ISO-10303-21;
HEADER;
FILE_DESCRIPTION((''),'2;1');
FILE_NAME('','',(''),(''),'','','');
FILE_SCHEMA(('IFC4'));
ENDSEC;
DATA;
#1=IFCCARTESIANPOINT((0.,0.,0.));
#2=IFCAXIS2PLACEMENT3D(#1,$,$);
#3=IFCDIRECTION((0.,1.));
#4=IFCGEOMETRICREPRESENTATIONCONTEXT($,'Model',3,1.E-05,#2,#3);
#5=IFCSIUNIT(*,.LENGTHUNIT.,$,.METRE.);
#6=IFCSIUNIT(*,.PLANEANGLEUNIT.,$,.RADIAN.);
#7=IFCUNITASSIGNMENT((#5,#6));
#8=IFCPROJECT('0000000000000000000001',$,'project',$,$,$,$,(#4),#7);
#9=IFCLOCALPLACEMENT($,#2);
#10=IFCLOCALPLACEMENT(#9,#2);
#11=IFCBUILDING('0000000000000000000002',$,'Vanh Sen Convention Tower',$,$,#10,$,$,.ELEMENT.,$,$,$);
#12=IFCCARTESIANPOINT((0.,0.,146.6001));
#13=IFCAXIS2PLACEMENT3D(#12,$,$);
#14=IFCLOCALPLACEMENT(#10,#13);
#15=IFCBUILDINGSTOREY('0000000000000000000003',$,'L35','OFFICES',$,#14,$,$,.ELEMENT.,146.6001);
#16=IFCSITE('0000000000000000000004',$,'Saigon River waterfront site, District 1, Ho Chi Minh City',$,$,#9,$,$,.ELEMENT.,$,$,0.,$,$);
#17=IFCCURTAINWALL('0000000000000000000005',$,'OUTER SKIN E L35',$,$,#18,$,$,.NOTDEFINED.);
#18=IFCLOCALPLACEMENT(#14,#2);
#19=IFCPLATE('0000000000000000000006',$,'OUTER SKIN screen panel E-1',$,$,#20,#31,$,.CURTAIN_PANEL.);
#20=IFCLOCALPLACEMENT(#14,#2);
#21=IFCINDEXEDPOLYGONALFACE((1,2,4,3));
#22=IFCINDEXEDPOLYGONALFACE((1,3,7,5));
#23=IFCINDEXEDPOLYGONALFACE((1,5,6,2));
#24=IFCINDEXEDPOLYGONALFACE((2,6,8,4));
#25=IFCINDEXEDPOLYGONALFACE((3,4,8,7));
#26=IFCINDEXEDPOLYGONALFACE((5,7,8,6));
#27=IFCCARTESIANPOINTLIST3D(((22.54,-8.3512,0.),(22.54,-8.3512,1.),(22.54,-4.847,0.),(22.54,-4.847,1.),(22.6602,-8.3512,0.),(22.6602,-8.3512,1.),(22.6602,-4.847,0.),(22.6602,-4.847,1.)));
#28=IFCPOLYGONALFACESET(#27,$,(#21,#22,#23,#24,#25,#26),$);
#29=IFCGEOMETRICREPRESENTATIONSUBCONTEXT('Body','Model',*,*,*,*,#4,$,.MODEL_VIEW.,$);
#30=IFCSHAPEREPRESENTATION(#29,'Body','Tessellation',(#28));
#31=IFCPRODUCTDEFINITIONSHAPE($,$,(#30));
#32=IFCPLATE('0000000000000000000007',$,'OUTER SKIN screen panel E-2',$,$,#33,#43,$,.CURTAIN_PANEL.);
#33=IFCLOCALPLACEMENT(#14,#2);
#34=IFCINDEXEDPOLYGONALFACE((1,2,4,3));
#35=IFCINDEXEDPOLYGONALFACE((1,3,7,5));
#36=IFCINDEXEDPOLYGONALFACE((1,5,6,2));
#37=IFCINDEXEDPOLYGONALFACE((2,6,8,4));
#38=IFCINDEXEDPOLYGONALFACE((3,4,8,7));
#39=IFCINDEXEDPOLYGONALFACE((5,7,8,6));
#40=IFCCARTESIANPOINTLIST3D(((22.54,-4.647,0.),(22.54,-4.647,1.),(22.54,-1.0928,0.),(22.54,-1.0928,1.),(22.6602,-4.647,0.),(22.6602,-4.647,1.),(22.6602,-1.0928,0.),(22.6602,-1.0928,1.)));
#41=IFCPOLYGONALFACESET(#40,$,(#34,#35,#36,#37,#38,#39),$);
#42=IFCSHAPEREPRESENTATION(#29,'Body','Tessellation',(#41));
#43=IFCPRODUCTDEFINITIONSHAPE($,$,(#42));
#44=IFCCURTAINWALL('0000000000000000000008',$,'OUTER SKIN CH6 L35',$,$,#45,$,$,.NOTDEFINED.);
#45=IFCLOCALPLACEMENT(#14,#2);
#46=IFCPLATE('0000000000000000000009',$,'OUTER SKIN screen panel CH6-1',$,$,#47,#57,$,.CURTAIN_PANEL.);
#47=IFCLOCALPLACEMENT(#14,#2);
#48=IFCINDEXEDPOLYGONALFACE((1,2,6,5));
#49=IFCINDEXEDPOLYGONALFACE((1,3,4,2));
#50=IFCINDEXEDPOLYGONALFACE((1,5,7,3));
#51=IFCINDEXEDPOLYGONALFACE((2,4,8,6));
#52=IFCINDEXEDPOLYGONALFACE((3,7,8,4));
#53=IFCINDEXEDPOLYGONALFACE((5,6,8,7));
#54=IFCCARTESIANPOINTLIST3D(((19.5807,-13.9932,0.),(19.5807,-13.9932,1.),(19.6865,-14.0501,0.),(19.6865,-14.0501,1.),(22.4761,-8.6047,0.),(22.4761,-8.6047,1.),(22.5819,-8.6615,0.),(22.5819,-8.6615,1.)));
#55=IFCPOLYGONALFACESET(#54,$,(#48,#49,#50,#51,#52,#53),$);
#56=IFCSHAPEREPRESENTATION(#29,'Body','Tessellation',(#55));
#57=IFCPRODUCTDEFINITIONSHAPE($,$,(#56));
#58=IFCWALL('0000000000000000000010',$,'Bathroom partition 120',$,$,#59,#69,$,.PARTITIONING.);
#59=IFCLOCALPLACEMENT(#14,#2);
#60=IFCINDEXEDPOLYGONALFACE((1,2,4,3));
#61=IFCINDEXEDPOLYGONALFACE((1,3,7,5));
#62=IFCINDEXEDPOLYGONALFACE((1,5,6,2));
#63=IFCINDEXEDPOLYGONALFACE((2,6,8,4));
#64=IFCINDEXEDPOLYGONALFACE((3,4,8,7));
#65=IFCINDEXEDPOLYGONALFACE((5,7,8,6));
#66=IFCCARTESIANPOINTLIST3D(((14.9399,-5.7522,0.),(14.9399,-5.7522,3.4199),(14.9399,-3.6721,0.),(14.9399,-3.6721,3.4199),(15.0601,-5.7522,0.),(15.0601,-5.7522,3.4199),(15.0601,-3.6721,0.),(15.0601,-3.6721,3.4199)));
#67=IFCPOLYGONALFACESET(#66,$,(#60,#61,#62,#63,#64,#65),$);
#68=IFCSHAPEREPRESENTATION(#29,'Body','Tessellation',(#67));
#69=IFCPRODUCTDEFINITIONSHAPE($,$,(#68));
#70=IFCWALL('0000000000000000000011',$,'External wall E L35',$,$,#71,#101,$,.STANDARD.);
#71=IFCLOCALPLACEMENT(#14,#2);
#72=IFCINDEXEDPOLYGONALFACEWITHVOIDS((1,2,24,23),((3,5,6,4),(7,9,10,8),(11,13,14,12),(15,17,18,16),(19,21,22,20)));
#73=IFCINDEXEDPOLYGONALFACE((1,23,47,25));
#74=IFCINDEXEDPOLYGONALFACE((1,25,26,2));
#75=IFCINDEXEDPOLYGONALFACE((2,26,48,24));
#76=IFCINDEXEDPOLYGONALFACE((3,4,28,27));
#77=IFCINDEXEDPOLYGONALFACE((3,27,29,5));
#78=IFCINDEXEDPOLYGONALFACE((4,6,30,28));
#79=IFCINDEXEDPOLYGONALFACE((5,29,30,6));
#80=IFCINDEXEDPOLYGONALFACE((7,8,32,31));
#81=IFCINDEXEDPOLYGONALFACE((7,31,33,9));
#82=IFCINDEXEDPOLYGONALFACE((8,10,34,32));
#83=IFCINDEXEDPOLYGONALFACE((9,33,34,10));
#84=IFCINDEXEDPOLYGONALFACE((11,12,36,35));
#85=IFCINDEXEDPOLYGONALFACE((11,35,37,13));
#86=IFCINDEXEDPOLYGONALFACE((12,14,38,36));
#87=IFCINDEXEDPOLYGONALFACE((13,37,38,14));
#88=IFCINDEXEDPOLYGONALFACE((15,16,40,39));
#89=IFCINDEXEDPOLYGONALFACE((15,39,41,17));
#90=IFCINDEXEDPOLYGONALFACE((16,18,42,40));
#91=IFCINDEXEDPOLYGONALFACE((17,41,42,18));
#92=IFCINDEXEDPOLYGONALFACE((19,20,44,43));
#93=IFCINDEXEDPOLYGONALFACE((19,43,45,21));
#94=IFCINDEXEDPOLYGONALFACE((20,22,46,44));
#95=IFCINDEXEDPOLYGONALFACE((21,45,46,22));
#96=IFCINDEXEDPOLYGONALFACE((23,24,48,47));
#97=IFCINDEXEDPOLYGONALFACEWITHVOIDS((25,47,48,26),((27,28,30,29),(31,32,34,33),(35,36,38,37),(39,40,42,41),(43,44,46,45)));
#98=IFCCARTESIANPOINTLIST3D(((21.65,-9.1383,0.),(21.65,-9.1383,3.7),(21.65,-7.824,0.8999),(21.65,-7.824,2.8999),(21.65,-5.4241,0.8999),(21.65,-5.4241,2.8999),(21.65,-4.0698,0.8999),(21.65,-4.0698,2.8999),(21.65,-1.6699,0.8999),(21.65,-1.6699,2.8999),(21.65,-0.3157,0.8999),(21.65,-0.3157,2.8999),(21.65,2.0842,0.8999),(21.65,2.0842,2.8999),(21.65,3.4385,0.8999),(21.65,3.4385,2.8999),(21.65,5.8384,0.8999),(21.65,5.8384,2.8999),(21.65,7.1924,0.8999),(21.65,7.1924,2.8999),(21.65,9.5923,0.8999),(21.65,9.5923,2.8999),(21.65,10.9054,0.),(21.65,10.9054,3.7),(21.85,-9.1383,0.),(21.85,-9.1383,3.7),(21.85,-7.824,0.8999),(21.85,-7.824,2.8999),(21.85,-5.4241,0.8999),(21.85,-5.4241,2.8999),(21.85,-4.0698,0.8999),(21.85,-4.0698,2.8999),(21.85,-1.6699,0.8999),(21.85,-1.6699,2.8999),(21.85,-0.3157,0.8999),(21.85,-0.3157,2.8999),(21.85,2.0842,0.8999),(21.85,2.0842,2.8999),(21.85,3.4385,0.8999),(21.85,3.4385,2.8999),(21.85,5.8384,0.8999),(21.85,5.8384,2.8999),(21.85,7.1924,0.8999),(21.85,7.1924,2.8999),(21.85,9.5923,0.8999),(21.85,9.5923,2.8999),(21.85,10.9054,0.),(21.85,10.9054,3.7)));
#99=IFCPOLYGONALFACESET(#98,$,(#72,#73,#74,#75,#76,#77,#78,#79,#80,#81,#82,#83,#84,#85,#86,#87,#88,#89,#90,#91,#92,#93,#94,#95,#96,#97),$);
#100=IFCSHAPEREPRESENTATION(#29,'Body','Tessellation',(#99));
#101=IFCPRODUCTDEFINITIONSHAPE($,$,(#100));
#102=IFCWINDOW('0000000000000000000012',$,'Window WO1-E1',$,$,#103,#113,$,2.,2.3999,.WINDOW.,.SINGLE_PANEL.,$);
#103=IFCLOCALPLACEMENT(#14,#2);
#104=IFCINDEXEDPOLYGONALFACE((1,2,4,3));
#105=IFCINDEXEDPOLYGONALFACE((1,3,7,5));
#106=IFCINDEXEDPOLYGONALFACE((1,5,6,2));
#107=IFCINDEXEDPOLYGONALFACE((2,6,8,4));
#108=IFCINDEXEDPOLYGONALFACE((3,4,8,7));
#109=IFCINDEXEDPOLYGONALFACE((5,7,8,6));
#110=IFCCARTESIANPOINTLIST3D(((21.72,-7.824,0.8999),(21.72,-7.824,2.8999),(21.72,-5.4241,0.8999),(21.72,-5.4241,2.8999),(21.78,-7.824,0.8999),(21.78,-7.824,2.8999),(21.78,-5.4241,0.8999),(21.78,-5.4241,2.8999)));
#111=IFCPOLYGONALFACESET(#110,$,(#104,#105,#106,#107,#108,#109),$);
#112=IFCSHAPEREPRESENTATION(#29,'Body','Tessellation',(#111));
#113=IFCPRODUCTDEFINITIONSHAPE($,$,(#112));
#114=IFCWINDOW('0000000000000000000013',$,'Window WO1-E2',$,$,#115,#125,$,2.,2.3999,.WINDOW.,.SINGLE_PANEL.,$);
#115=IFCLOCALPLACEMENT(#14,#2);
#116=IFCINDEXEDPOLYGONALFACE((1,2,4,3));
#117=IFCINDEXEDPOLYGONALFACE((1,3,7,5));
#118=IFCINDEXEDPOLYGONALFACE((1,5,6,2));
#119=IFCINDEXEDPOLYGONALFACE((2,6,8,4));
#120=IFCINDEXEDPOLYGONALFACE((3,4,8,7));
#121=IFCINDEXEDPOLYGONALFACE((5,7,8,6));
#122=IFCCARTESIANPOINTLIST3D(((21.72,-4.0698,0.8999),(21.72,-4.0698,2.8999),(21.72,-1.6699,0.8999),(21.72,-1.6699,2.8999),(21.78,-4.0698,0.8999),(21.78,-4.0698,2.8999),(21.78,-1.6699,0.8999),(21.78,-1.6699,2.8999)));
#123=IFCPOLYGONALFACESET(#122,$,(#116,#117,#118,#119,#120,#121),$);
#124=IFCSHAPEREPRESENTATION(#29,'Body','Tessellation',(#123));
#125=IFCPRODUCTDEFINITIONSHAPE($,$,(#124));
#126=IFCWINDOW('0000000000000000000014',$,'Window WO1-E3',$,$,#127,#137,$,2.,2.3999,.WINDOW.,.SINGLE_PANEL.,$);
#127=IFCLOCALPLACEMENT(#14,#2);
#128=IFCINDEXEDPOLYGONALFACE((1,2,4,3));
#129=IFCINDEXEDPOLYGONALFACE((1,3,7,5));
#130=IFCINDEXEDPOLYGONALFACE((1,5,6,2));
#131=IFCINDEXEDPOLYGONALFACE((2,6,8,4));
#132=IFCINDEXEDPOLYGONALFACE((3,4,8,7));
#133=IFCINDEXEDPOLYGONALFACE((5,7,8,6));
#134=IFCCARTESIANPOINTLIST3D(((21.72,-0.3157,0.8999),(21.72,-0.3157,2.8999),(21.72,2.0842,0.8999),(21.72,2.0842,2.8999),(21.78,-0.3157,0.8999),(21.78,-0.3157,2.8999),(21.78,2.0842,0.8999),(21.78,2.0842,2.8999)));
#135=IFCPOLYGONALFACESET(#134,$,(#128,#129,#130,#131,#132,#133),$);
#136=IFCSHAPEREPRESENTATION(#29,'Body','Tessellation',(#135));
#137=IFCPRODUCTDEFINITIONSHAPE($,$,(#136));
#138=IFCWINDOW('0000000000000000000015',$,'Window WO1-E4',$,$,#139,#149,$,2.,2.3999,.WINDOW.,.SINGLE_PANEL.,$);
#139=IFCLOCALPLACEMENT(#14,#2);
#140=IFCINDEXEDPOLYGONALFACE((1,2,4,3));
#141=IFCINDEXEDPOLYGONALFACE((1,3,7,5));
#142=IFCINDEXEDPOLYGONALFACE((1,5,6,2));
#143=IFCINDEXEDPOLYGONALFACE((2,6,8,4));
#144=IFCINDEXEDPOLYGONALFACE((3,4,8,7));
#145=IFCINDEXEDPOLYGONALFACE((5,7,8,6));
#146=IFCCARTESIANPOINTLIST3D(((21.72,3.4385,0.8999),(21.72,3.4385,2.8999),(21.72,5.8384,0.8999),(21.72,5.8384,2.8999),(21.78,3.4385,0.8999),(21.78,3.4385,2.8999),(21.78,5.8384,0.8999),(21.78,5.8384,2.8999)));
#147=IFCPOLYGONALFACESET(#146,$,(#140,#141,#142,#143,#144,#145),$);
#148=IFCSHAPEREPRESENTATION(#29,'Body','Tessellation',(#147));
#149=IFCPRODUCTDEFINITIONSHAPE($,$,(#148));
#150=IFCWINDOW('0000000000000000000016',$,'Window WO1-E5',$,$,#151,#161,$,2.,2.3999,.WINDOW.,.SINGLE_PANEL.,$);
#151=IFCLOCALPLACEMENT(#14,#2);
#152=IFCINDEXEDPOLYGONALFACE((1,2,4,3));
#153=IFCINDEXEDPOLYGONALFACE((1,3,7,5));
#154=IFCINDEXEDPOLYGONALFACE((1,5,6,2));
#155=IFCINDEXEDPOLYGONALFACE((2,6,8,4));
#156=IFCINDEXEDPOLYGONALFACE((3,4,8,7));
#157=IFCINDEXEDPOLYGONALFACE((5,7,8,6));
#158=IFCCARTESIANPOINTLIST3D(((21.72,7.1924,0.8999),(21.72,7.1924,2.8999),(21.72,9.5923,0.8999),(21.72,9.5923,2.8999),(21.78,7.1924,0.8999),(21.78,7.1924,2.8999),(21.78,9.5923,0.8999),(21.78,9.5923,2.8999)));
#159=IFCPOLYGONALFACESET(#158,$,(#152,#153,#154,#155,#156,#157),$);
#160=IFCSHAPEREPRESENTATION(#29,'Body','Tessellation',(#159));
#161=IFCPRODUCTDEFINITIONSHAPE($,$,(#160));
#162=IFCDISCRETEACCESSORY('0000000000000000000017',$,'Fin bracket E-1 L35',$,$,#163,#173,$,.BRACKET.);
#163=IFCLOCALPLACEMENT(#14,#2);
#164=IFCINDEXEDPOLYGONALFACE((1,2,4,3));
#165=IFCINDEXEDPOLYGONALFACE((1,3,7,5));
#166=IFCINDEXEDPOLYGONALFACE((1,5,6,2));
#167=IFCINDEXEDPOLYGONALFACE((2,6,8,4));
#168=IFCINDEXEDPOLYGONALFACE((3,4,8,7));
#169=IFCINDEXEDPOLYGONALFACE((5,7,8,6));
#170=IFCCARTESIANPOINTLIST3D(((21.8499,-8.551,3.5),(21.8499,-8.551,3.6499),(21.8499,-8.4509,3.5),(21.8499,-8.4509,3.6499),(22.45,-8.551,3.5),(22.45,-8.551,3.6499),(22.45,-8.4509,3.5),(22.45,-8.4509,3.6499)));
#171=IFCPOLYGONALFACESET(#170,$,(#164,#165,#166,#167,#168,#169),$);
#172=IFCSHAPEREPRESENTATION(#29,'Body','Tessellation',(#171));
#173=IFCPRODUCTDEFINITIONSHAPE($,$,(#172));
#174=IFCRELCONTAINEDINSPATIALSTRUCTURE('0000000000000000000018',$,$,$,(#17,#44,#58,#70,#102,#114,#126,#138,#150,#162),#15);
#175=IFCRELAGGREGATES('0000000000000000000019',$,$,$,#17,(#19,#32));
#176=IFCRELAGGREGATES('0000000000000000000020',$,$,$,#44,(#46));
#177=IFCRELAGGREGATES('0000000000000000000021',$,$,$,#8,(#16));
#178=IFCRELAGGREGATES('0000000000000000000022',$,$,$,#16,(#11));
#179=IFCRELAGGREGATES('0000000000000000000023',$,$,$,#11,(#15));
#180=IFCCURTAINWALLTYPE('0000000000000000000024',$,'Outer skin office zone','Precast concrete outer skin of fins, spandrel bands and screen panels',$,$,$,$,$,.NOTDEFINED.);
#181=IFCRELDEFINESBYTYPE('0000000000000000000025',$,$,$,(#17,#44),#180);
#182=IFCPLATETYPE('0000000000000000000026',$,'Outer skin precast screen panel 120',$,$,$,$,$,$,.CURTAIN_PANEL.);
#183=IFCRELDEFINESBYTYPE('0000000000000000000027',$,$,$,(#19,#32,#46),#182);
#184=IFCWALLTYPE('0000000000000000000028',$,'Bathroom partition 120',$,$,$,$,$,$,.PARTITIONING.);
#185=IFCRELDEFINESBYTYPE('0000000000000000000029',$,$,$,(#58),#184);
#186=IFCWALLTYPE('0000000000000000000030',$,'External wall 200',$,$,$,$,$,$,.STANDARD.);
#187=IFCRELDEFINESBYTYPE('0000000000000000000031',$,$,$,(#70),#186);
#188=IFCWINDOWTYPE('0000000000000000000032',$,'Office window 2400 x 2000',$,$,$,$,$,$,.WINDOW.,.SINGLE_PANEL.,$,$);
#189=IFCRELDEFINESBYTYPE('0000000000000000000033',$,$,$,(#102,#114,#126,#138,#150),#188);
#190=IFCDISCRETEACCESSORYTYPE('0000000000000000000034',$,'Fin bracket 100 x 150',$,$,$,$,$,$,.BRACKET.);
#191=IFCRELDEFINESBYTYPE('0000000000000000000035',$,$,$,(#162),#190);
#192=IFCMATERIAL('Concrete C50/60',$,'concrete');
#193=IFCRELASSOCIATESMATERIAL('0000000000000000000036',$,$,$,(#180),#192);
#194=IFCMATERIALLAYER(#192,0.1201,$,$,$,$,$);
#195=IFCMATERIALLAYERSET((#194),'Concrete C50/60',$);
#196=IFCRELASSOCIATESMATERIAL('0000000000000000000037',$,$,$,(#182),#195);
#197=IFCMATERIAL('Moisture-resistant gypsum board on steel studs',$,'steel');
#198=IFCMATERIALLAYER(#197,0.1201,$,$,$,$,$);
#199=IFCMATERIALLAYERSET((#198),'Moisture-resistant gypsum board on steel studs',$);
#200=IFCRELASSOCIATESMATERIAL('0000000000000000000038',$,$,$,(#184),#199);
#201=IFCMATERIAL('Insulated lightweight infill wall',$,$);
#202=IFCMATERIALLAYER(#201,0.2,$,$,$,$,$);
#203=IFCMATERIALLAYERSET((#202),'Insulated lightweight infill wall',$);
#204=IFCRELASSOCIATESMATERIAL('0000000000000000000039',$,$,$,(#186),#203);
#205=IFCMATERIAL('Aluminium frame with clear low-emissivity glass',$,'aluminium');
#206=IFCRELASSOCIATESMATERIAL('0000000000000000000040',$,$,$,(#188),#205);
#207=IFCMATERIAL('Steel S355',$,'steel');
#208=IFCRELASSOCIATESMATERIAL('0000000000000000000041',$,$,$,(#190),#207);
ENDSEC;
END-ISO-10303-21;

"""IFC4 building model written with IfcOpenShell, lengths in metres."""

from ifc_helpers import new_model, si_unit, direction, frame, frame_2d, origin, origin_2d, place, context, subcontext, project, spatial, rectangle, extrude, material, layer, layer_set, type_object, element, fill, aggregate, save


model = new_model("IFC4")

# Units and contexts
model_context = context("Model", 3, precision=1e-05, world=origin(), true_north=direction((0.0, 1.0)))
body_context = subcontext(model_context, "Body", "Model", "MODEL_VIEW")
ifc_project = project(units=[si_unit("LENGTHUNIT", "METRE"), si_unit("PLANEANGLEUNIT", "RADIAN")], contexts=[model_context])

# Site, building, storey
site_placement = place(None, origin())
site = spatial("IfcSite", under=ifc_project, at=site_placement, Name="Saigon River waterfront site, District 1, Ho Chi Minh City", CompositionType="ELEMENT", RefElevation=0.0)
building_placement = place(site_placement, origin())
building = spatial("IfcBuilding", under=site, at=building_placement, Name="Vanh Sen Convention Tower", CompositionType="ELEMENT")
storey_placement = place(building_placement, frame((0.0, 0.0, 146.6001)))
storey = spatial("IfcBuildingStorey", under=building, at=storey_placement, Name="L35", Description="OFFICES", CompositionType="ELEMENT", Elevation=146.6001)

# Curtain wall
ifc_material_1 = material(Name="Concrete C50/60", Category="concrete")
curtain_wall_type = type_object("IfcCurtainWallType", Name="Outer skin office zone", Description="Precast concrete outer skin of fins, spandrel bands and screen panels", PredefinedType="NOTDEFINED", material=ifc_material_1)
curtain_wall_1_placement = place(storey_placement, origin())
curtain_wall_1 = element("IfcCurtainWall", 1, at=curtain_wall_1_placement, inside=storey, type_object=curtain_wall_type, Name="OUTER SKIN E L35", PredefinedType="NOTDEFINED")

# Plates
ifc_layer_1 = layer(ifc_material_1, 0.1201)
ifc_layer_set_1 = layer_set([ifc_layer_1], Name="Concrete C50/60")
plate_type = type_object("IfcPlateType", Name="Outer skin precast screen panel 120", PredefinedType="CURTAIN_PANEL", material=ifc_layer_set_1)
plate_1_placement = place(storey_placement, frame((22.6001, -6.5991, 0.0), z_axis=(0.0, 0.0, 1.0), x_axis=(0.0, 1.0, 0.0)))
plate_1 = element("IfcPlate", 2, at=plate_1_placement, type_object=plate_type, Name="OUTER SKIN screen panel E-1", PredefinedType="CURTAIN_PANEL", context=body_context, shape_type="SweptSolid", body=[
    extrude(rectangle(XDim=3.5042, YDim=0.1201, at=origin_2d()), origin(), (0.0, 0.0, 1.0), 1.0),
])
plate_2_placement = place(storey_placement, frame((22.6001, -2.8699, 0.0), z_axis=(0.0, 0.0, 1.0), x_axis=(0.0, 1.0, 0.0)))
plate_2 = element("IfcPlate", 3, at=plate_2_placement, type_object=plate_type, Name="OUTER SKIN screen panel E-2", PredefinedType="CURTAIN_PANEL", context=body_context, shape_type="SweptSolid", body=[
    extrude(rectangle(XDim=3.5542, YDim=0.1201, at=origin_2d()), origin(), (0.0, 0.0, 1.0), 1.0),
])
aggregate(curtain_wall_1, [plate_1, plate_2])

# Curtain wall, plate
curtain_wall_2_placement = place(storey_placement, origin())
curtain_wall_2 = element("IfcCurtainWall", 4, at=curtain_wall_2_placement, inside=storey, type_object=curtain_wall_type, Name="OUTER SKIN CH6 L35", PredefinedType="NOTDEFINED")
plate_3_placement = place(storey_placement, frame((21.0813, -11.3274, 0.0), z_axis=(0.0, 0.0, 1.0), x_axis=(0.473321, 0.88089, 0.0)))
plate_3 = element("IfcPlate", 5, at=plate_3_placement, type_object=plate_type, Name="OUTER SKIN screen panel CH6-1", PredefinedType="CURTAIN_PANEL", context=body_context, shape_type="SweptSolid", body=[
    extrude(rectangle(XDim=6.1172, YDim=0.1201, at=origin_2d()), origin(), (0.0, 0.0, 1.0), 1.0),
])
aggregate(curtain_wall_2, [plate_3])

# Wall
ifc_material_2 = material(Name="Moisture-resistant gypsum board on steel studs", Category="steel")
ifc_layer_2 = layer(ifc_material_2, 0.1201)
ifc_layer_set_2 = layer_set([ifc_layer_2], Name="Moisture-resistant gypsum board on steel studs")
wall_type_1 = type_object("IfcWallType", Name="Bathroom partition 120", PredefinedType="PARTITIONING", material=ifc_layer_set_2)
wall_1_placement = place(storey_placement, frame((15.0, -3.6721, 0.0), z_axis=(0.0, 0.0, 1.0), x_axis=(0.0, -1.0, 0.0)))
element("IfcWall", 6, at=wall_1_placement, inside=storey, type_object=wall_type_1, Name="Bathroom partition 120", PredefinedType="PARTITIONING", context=body_context, shape_type="SweptSolid", body=[
    extrude(rectangle(XDim=2.0801, YDim=0.1201, at=frame_2d((1.04, 0.0))), origin(), (0.0, 0.0, 1.0), 3.4199),
])

# Wall, openings, windows
ifc_material_3 = material(Name="Insulated lightweight infill wall")
ifc_layer_3 = layer(ifc_material_3, 0.2)
ifc_layer_set_3 = layer_set([ifc_layer_3], Name="Insulated lightweight infill wall")
wall_type_2 = type_object("IfcWallType", Name="External wall 200", PredefinedType="STANDARD", material=ifc_layer_set_3)
wall_2_placement = place(storey_placement, frame((21.75, -9.1384, 0.0), z_axis=(0.0, 0.0, 1.0), x_axis=(0.0, 1.0, 0.0)))
wall_2 = element("IfcWall", 7, at=wall_2_placement, inside=storey, type_object=wall_type_2, Name="External wall E L35", PredefinedType="STANDARD", context=body_context, shape_type="SweptSolid", body=[
    extrude(rectangle(XDim=20.0437, YDim=0.2, at=frame_2d((10.022, 0.0))), origin(), (0.0, 0.0, 1.0), 3.7),
])
opening_1_placement = place(wall_2_placement, frame((1.3145, 0.0, 0.8999)))
opening_1 = element("IfcOpeningElement", 8, at=opening_1_placement, cuts=wall_2, PredefinedType="OPENING", context=body_context, shape_type="SweptSolid", body=[
    extrude(rectangle(XDim=2.3999, YDim=2.0, at=frame_2d((1.2, 1.0))), frame((0.0, 0.1099, 0.0), z_axis=(0.0, -1.0, 0.0), x_axis=(1.0, 0.0, 0.0)), (0.0, 0.0, 1.0), 0.22),
])
opening_2_placement = place(wall_2_placement, frame((5.0686, 0.0, 0.8999)))
opening_2 = element("IfcOpeningElement", 9, at=opening_2_placement, cuts=wall_2, PredefinedType="OPENING", context=body_context, shape_type="SweptSolid", body=[
    extrude(rectangle(XDim=2.3999, YDim=2.0, at=frame_2d((1.2, 1.0))), frame((0.0, 0.1099, 0.0), z_axis=(0.0, -1.0, 0.0), x_axis=(1.0, 0.0, 0.0)), (0.0, 0.0, 1.0), 0.22),
])
opening_3_placement = place(wall_2_placement, frame((8.8228, 0.0, 0.8999)))
opening_3 = element("IfcOpeningElement", 10, at=opening_3_placement, cuts=wall_2, PredefinedType="OPENING", context=body_context, shape_type="SweptSolid", body=[
    extrude(rectangle(XDim=2.3999, YDim=2.0, at=frame_2d((1.2, 1.0))), frame((0.0, 0.1099, 0.0), z_axis=(0.0, -1.0, 0.0), x_axis=(1.0, 0.0, 0.0)), (0.0, 0.0, 1.0), 0.22),
])
opening_4_placement = place(wall_2_placement, frame((12.5769, 0.0, 0.8999)))
opening_4 = element("IfcOpeningElement", 11, at=opening_4_placement, cuts=wall_2, PredefinedType="OPENING", context=body_context, shape_type="SweptSolid", body=[
    extrude(rectangle(XDim=2.3999, YDim=2.0, at=frame_2d((1.2, 1.0))), frame((0.0, 0.1099, 0.0), z_axis=(0.0, -1.0, 0.0), x_axis=(1.0, 0.0, 0.0)), (0.0, 0.0, 1.0), 0.22),
])
opening_5_placement = place(wall_2_placement, frame((16.3308, 0.0, 0.8999)))
opening_5 = element("IfcOpeningElement", 12, at=opening_5_placement, cuts=wall_2, PredefinedType="OPENING", context=body_context, shape_type="SweptSolid", body=[
    extrude(rectangle(XDim=2.3999, YDim=2.0, at=frame_2d((1.2, 1.0))), frame((0.0, 0.1099, 0.0), z_axis=(0.0, -1.0, 0.0), x_axis=(1.0, 0.0, 0.0)), (0.0, 0.0, 1.0), 0.22),
])
ifc_material_4 = material(Name="Aluminium frame with clear low-emissivity glass", Category="aluminium")
window_type = type_object("IfcWindowType", Name="Office window 2400 x 2000", PartitioningType="SINGLE_PANEL", PredefinedType="WINDOW", material=ifc_material_4)
window_1_placement = place(opening_1_placement, origin())
window_1 = element("IfcWindow", 13, at=window_1_placement, inside=storey, type_object=window_type, Name="Window WO1-E1", OverallHeight=2.0, OverallWidth=2.3999, PartitioningType="SINGLE_PANEL", PredefinedType="WINDOW", context=body_context, shape_type="SweptSolid", body=[
    extrude(rectangle(XDim=2.3999, YDim=2.0, at=frame_2d((1.2, 1.0))), frame((0.0, 0.03, 0.0), z_axis=(0.0, -1.0, 0.0), x_axis=(1.0, 0.0, 0.0)), (0.0, 0.0, 1.0), 0.0601),
])
fill(opening_1, window_1)
window_2_placement = place(opening_2_placement, origin())
window_2 = element("IfcWindow", 14, at=window_2_placement, inside=storey, type_object=window_type, Name="Window WO1-E2", OverallHeight=2.0, OverallWidth=2.3999, PartitioningType="SINGLE_PANEL", PredefinedType="WINDOW", context=body_context, shape_type="SweptSolid", body=[
    extrude(rectangle(XDim=2.3999, YDim=2.0, at=frame_2d((1.2, 1.0))), frame((0.0, 0.03, 0.0), z_axis=(0.0, -1.0, 0.0), x_axis=(1.0, 0.0, 0.0)), (0.0, 0.0, 1.0), 0.0601),
])
fill(opening_2, window_2)
window_3_placement = place(opening_3_placement, origin())
window_3 = element("IfcWindow", 15, at=window_3_placement, inside=storey, type_object=window_type, Name="Window WO1-E3", OverallHeight=2.0, OverallWidth=2.3999, PartitioningType="SINGLE_PANEL", PredefinedType="WINDOW", context=body_context, shape_type="SweptSolid", body=[
    extrude(rectangle(XDim=2.3999, YDim=2.0, at=frame_2d((1.2, 1.0))), frame((0.0, 0.03, 0.0), z_axis=(0.0, -1.0, 0.0), x_axis=(1.0, 0.0, 0.0)), (0.0, 0.0, 1.0), 0.0601),
])
fill(opening_3, window_3)
window_4_placement = place(opening_4_placement, origin())
window_4 = element("IfcWindow", 16, at=window_4_placement, inside=storey, type_object=window_type, Name="Window WO1-E4", OverallHeight=2.0, OverallWidth=2.3999, PartitioningType="SINGLE_PANEL", PredefinedType="WINDOW", context=body_context, shape_type="SweptSolid", body=[
    extrude(rectangle(XDim=2.3999, YDim=2.0, at=frame_2d((1.2, 1.0))), frame((0.0, 0.03, 0.0), z_axis=(0.0, -1.0, 0.0), x_axis=(1.0, 0.0, 0.0)), (0.0, 0.0, 1.0), 0.0601),
])
fill(opening_4, window_4)
window_5_placement = place(opening_5_placement, origin())
window_5 = element("IfcWindow", 17, at=window_5_placement, inside=storey, type_object=window_type, Name="Window WO1-E5", OverallHeight=2.0, OverallWidth=2.3999, PartitioningType="SINGLE_PANEL", PredefinedType="WINDOW", context=body_context, shape_type="SweptSolid", body=[
    extrude(rectangle(XDim=2.3999, YDim=2.0, at=frame_2d((1.2, 1.0))), frame((0.0, 0.03, 0.0), z_axis=(0.0, -1.0, 0.0), x_axis=(1.0, 0.0, 0.0)), (0.0, 0.0, 1.0), 0.0601),
])
fill(opening_5, window_5)

# Discrete accessory
ifc_material_5 = material(Name="Steel S355", Category="steel")
discrete_accessory_type = type_object("IfcDiscreteAccessoryType", Name="Fin bracket 100 x 150", PredefinedType="BRACKET", material=ifc_material_5)
for number, where, z_axis, x_axis, name in (
    (18, (22.1499, -8.501, 3.5), (0.0, 0.0, 1.0), (1.0, 0.0, 0.0), "Fin bracket E-1 L35"),
):
    element("IfcDiscreteAccessory", number, at=place(storey_placement, frame(where, z_axis=z_axis, x_axis=x_axis)), inside=storey, type_object=discrete_accessory_type, Name=name, PredefinedType="BRACKET", context=body_context, shape_type="SweptSolid", body=[
        extrude(rectangle(XDim=0.6001, YDim=0.1001, at=origin_2d()), origin(), (0.0, 0.0, 1.0), 0.1499),
    ])

save(model, "model.ifc")
